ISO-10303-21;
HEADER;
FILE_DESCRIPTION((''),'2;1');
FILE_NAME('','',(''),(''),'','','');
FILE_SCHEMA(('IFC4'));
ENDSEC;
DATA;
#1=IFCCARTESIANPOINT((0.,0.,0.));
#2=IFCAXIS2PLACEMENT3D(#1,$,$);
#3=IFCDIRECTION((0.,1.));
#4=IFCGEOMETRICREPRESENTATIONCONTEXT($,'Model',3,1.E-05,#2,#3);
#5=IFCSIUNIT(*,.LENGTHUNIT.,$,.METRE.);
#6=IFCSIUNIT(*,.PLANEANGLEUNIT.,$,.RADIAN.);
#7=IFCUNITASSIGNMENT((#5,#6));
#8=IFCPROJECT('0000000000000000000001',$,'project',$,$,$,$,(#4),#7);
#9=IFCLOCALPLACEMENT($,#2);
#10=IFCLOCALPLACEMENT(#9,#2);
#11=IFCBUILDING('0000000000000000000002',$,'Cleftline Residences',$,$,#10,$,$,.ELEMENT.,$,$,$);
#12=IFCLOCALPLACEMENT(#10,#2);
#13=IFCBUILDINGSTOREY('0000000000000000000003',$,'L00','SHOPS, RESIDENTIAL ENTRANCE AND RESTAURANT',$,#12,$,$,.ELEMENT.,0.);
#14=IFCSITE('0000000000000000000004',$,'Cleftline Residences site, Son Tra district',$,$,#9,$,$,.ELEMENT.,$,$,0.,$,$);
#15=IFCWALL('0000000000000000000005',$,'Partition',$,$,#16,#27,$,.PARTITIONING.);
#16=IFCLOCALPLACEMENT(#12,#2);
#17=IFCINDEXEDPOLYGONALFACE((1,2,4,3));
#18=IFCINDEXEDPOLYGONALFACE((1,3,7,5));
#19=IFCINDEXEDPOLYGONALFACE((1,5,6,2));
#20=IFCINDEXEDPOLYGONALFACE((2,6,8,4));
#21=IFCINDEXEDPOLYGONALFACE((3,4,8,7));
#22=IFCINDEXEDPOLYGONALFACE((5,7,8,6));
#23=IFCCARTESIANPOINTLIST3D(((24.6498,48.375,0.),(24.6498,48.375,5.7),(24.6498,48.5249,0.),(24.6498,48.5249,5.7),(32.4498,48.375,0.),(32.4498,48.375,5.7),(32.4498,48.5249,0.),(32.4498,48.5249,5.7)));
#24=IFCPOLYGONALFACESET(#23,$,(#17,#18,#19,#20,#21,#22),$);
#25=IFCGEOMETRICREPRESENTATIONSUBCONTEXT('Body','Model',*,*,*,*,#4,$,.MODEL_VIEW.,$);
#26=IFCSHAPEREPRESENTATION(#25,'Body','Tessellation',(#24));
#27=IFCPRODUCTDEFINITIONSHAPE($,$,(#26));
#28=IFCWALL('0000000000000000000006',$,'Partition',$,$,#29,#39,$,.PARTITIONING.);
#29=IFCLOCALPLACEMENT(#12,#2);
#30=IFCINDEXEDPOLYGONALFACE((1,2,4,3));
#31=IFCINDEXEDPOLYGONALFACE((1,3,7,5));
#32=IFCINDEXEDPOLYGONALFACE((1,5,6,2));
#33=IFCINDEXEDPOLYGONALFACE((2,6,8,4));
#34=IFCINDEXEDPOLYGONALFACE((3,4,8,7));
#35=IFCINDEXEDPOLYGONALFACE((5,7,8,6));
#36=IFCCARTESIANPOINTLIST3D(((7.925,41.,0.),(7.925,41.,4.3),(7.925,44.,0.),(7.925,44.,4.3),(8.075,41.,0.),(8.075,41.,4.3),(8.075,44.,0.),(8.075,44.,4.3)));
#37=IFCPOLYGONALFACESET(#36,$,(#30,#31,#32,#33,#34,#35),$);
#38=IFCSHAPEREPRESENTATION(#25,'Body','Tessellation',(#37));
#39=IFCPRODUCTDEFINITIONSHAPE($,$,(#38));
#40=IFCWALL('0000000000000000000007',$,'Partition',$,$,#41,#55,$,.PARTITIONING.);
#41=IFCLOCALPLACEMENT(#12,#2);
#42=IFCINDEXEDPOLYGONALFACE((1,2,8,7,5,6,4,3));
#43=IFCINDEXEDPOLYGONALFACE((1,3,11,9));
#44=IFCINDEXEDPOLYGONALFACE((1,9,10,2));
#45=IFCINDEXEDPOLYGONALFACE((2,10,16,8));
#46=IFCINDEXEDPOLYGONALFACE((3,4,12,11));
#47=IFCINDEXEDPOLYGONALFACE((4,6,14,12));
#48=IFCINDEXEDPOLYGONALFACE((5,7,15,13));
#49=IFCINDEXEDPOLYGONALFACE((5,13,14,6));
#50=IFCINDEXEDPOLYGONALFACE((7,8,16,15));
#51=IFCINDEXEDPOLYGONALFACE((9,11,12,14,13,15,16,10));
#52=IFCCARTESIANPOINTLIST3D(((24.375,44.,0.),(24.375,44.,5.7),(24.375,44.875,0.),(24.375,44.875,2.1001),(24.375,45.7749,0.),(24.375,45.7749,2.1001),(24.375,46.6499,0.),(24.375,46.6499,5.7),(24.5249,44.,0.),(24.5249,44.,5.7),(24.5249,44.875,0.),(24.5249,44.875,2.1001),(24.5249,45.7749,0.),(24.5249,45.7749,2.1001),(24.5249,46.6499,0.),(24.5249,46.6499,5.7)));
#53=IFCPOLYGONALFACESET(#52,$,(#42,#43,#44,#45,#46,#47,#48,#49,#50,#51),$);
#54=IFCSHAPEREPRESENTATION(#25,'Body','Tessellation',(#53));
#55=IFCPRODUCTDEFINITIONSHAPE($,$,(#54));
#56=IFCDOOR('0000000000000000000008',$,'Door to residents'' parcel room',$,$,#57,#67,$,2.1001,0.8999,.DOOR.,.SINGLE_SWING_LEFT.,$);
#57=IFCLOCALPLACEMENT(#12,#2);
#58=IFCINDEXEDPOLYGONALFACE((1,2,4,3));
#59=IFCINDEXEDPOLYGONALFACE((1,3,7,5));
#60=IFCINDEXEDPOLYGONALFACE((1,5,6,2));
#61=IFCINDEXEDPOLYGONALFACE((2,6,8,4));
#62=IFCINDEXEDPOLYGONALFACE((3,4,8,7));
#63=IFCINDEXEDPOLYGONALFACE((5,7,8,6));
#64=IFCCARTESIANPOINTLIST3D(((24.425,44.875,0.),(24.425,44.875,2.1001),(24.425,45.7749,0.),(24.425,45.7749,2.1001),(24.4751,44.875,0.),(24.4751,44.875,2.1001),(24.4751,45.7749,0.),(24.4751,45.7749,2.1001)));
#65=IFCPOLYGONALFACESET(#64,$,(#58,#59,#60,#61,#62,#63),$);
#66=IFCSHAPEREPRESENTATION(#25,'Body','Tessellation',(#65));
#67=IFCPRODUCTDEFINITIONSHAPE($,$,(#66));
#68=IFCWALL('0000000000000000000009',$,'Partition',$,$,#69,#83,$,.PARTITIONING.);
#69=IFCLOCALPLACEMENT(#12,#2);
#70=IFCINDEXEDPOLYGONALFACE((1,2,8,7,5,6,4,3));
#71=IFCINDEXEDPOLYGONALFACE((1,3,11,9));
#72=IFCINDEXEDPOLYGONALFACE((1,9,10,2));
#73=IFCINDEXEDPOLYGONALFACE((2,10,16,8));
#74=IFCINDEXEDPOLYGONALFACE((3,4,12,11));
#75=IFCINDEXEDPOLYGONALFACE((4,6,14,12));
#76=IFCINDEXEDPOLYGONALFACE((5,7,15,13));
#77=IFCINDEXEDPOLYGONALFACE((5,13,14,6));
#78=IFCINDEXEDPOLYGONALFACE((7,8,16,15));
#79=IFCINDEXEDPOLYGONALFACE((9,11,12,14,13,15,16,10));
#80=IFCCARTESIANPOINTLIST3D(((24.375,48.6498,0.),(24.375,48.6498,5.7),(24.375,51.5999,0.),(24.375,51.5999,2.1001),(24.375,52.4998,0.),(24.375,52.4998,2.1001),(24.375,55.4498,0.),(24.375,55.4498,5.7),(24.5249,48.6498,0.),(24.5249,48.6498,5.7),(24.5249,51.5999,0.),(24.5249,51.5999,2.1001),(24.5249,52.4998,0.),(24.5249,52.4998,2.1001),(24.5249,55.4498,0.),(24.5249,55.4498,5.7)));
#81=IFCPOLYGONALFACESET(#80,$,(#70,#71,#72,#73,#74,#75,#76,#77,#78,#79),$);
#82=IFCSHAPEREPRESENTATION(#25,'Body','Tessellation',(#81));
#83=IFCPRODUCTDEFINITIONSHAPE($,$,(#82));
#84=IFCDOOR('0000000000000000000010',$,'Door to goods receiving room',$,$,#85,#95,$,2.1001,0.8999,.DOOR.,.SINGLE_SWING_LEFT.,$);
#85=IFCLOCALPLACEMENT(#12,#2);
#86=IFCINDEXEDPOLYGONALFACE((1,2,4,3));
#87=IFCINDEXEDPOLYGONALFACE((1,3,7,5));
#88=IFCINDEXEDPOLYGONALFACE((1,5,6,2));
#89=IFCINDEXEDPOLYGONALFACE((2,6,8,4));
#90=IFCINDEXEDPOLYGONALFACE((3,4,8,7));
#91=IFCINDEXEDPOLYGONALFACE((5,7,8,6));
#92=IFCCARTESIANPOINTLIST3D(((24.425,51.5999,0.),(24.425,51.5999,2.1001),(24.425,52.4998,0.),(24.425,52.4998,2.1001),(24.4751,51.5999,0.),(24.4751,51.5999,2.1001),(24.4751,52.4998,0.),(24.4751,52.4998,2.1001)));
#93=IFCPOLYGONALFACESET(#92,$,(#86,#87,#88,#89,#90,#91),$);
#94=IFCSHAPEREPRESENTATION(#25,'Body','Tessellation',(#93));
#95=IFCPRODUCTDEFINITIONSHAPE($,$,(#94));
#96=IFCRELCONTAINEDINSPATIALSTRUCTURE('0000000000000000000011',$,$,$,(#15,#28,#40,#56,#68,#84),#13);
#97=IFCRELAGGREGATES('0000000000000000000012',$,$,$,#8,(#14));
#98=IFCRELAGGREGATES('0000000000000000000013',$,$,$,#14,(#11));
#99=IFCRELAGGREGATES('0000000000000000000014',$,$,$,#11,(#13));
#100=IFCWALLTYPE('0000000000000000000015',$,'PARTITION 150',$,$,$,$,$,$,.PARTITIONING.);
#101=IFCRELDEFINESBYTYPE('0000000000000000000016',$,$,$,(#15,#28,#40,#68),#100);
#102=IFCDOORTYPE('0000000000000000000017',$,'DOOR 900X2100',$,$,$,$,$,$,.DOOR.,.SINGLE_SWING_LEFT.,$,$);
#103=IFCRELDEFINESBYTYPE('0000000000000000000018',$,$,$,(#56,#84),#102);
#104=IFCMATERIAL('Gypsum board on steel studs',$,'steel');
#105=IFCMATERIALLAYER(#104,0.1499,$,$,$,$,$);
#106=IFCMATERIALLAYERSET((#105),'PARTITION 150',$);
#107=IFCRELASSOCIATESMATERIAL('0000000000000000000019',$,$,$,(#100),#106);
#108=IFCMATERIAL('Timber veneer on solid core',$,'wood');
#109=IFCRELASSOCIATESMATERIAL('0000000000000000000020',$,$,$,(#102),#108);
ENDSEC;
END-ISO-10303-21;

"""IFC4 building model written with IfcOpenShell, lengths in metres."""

from ifc_helpers import new_model, si_unit, direction, frame, frame_2d, origin, place, context, subcontext, project, spatial, rectangle, extrude, material, layer, layer_set, type_object, element, fill, save


model = new_model("IFC4")

# Units and contexts
model_context = context("Model", 3, precision=1e-05, world=origin(), true_north=direction((0.0, 1.0)))
body_context = subcontext(model_context, "Body", "Model", "MODEL_VIEW")
ifc_project = project(units=[si_unit("LENGTHUNIT", "METRE"), si_unit("PLANEANGLEUNIT", "RADIAN")], contexts=[model_context])

# Site, building, storey
site_placement = place(None, origin())
site = spatial("IfcSite", under=ifc_project, at=site_placement, Name="Cleftline Residences site, Son Tra district", CompositionType="ELEMENT", RefElevation=0.0)
building_placement = place(site_placement, origin())
building = spatial("IfcBuilding", under=site, at=building_placement, Name="Cleftline Residences", CompositionType="ELEMENT")
storey_placement = place(building_placement, origin())
storey = spatial("IfcBuildingStorey", under=building, at=storey_placement, Name="L00", Description="SHOPS, RESIDENTIAL ENTRANCE AND RESTAURANT", CompositionType="ELEMENT", Elevation=0.0)

# Walls
ifc_material_1 = material(Name="Gypsum board on steel studs", Category="steel")
ifc_layer_1 = layer(ifc_material_1, 0.1499)
ifc_layer_set_1 = layer_set([ifc_layer_1], Name="PARTITION 150")
wall_type_1 = type_object("IfcWallType", Name="PARTITION 150", PredefinedType="PARTITIONING", material=ifc_layer_set_1)
wall_1_placement = place(storey_placement, frame((24.6499, 48.45, 0.0), z_axis=(0.0, 0.0, 1.0), x_axis=(1.0, 0.0, 0.0)))
element("IfcWall", 1, at=wall_1_placement, inside=storey, type_object=wall_type_1, Name="Partition", PredefinedType="PARTITIONING", context=body_context, shape_type="SweptSolid", body=[
    extrude(rectangle(XDim=7.8, YDim=0.1499, at=frame_2d((3.8999, 0.0))), origin(), (0.0, 0.0, 1.0), 5.7),
])
wall_2_placement = place(storey_placement, frame((8.0, 41.0, 0.0), z_axis=(0.0, 0.0, 1.0), x_axis=(0.0, 1.0, 0.0)))
element("IfcWall", 2, at=wall_2_placement, inside=storey, type_object=wall_type_1, Name="Partition", PredefinedType="PARTITIONING", context=body_context, shape_type="SweptSolid", body=[
    extrude(rectangle(XDim=3.0, YDim=0.1499, at=frame_2d((1.5, 0.0))), origin(), (0.0, 0.0, 1.0), 4.3),
])

# Walls, openings, doors
wall_3_placement = place(storey_placement, frame((24.45, 44.0, 0.0), z_axis=(0.0, 0.0, 1.0), x_axis=(0.0, 1.0, 0.0)))
wall_3 = element("IfcWall", 3, at=wall_3_placement, inside=storey, type_object=wall_type_1, Name="Partition", PredefinedType="PARTITIONING", context=body_context, shape_type="SweptSolid", body=[
    extrude(rectangle(XDim=2.6499, YDim=0.1499, at=frame_2d((1.325, 0.0))), origin(), (0.0, 0.0, 1.0), 5.7),
])
opening_1_placement = place(wall_3_placement, frame((0.875, 0.0, 0.0)))
opening_1 = element("IfcOpeningElement", 4, at=opening_1_placement, cuts=wall_3, PredefinedType="OPENING", context=body_context, shape_type="SweptSolid", body=[
    extrude(rectangle(XDim=0.8999, YDim=2.1001, at=frame_2d((0.45, 1.05))), frame((0.0, 0.085, 0.0), z_axis=(0.0, -1.0, 0.0), x_axis=(1.0, 0.0, 0.0)), (0.0, 0.0, 1.0), 0.1699),
])
ifc_material_2 = material(Name="Timber veneer on solid core", Category="wood")
door_type = type_object("IfcDoorType", Name="DOOR 900X2100", OperationType="SINGLE_SWING_LEFT", PredefinedType="DOOR", material=ifc_material_2)
door_1_placement = place(opening_1_placement, origin())
door_1 = element("IfcDoor", 5, at=door_1_placement, inside=storey, type_object=door_type, Name="Door to residents' parcel room", OperationType="SINGLE_SWING_LEFT", OverallHeight=2.1001, OverallWidth=0.8999, PredefinedType="DOOR", context=body_context, shape_type="SweptSolid", body=[
    extrude(rectangle(XDim=0.8999, YDim=2.1001, at=frame_2d((0.45, 1.05))), frame((0.0, 0.0249, 0.0), z_axis=(0.0, -1.0, 0.0), x_axis=(1.0, 0.0, 0.0)), (0.0, 0.0, 1.0), 0.05),
])
fill(opening_1, door_1)
wall_4_placement = place(storey_placement, frame((24.45, 48.6499, 0.0), z_axis=(0.0, 0.0, 1.0), x_axis=(0.0, 1.0, 0.0)))
wall_4 = element("IfcWall", 6, at=wall_4_placement, inside=storey, type_object=wall_type_1, Name="Partition", PredefinedType="PARTITIONING", context=body_context, shape_type="SweptSolid", body=[
    extrude(rectangle(XDim=6.8, YDim=0.1499, at=frame_2d((3.3999, 0.0))), origin(), (0.0, 0.0, 1.0), 5.7),
])
opening_2_placement = place(wall_4_placement, frame((2.95, 0.0, 0.0)))
opening_2 = element("IfcOpeningElement", 7, at=opening_2_placement, cuts=wall_4, PredefinedType="OPENING", context=body_context, shape_type="SweptSolid", body=[
    extrude(rectangle(XDim=0.8999, YDim=2.1001, at=frame_2d((0.45, 1.05))), frame((0.0, 0.085, 0.0), z_axis=(0.0, -1.0, 0.0), x_axis=(1.0, 0.0, 0.0)), (0.0, 0.0, 1.0), 0.1699),
])
door_2_placement = place(opening_2_placement, origin())
door_2 = element("IfcDoor", 8, at=door_2_placement, inside=storey, type_object=door_type, Name="Door to goods receiving room", OperationType="SINGLE_SWING_LEFT", OverallHeight=2.1001, OverallWidth=0.8999, PredefinedType="DOOR", context=body_context, shape_type="SweptSolid", body=[
    extrude(rectangle(XDim=0.8999, YDim=2.1001, at=frame_2d((0.45, 1.05))), frame((0.0, 0.0249, 0.0), z_axis=(0.0, -1.0, 0.0), x_axis=(1.0, 0.0, 0.0)), (0.0, 0.0, 1.0), 0.05),
])
fill(opening_2, door_2)

save(model, "model.ifc")
